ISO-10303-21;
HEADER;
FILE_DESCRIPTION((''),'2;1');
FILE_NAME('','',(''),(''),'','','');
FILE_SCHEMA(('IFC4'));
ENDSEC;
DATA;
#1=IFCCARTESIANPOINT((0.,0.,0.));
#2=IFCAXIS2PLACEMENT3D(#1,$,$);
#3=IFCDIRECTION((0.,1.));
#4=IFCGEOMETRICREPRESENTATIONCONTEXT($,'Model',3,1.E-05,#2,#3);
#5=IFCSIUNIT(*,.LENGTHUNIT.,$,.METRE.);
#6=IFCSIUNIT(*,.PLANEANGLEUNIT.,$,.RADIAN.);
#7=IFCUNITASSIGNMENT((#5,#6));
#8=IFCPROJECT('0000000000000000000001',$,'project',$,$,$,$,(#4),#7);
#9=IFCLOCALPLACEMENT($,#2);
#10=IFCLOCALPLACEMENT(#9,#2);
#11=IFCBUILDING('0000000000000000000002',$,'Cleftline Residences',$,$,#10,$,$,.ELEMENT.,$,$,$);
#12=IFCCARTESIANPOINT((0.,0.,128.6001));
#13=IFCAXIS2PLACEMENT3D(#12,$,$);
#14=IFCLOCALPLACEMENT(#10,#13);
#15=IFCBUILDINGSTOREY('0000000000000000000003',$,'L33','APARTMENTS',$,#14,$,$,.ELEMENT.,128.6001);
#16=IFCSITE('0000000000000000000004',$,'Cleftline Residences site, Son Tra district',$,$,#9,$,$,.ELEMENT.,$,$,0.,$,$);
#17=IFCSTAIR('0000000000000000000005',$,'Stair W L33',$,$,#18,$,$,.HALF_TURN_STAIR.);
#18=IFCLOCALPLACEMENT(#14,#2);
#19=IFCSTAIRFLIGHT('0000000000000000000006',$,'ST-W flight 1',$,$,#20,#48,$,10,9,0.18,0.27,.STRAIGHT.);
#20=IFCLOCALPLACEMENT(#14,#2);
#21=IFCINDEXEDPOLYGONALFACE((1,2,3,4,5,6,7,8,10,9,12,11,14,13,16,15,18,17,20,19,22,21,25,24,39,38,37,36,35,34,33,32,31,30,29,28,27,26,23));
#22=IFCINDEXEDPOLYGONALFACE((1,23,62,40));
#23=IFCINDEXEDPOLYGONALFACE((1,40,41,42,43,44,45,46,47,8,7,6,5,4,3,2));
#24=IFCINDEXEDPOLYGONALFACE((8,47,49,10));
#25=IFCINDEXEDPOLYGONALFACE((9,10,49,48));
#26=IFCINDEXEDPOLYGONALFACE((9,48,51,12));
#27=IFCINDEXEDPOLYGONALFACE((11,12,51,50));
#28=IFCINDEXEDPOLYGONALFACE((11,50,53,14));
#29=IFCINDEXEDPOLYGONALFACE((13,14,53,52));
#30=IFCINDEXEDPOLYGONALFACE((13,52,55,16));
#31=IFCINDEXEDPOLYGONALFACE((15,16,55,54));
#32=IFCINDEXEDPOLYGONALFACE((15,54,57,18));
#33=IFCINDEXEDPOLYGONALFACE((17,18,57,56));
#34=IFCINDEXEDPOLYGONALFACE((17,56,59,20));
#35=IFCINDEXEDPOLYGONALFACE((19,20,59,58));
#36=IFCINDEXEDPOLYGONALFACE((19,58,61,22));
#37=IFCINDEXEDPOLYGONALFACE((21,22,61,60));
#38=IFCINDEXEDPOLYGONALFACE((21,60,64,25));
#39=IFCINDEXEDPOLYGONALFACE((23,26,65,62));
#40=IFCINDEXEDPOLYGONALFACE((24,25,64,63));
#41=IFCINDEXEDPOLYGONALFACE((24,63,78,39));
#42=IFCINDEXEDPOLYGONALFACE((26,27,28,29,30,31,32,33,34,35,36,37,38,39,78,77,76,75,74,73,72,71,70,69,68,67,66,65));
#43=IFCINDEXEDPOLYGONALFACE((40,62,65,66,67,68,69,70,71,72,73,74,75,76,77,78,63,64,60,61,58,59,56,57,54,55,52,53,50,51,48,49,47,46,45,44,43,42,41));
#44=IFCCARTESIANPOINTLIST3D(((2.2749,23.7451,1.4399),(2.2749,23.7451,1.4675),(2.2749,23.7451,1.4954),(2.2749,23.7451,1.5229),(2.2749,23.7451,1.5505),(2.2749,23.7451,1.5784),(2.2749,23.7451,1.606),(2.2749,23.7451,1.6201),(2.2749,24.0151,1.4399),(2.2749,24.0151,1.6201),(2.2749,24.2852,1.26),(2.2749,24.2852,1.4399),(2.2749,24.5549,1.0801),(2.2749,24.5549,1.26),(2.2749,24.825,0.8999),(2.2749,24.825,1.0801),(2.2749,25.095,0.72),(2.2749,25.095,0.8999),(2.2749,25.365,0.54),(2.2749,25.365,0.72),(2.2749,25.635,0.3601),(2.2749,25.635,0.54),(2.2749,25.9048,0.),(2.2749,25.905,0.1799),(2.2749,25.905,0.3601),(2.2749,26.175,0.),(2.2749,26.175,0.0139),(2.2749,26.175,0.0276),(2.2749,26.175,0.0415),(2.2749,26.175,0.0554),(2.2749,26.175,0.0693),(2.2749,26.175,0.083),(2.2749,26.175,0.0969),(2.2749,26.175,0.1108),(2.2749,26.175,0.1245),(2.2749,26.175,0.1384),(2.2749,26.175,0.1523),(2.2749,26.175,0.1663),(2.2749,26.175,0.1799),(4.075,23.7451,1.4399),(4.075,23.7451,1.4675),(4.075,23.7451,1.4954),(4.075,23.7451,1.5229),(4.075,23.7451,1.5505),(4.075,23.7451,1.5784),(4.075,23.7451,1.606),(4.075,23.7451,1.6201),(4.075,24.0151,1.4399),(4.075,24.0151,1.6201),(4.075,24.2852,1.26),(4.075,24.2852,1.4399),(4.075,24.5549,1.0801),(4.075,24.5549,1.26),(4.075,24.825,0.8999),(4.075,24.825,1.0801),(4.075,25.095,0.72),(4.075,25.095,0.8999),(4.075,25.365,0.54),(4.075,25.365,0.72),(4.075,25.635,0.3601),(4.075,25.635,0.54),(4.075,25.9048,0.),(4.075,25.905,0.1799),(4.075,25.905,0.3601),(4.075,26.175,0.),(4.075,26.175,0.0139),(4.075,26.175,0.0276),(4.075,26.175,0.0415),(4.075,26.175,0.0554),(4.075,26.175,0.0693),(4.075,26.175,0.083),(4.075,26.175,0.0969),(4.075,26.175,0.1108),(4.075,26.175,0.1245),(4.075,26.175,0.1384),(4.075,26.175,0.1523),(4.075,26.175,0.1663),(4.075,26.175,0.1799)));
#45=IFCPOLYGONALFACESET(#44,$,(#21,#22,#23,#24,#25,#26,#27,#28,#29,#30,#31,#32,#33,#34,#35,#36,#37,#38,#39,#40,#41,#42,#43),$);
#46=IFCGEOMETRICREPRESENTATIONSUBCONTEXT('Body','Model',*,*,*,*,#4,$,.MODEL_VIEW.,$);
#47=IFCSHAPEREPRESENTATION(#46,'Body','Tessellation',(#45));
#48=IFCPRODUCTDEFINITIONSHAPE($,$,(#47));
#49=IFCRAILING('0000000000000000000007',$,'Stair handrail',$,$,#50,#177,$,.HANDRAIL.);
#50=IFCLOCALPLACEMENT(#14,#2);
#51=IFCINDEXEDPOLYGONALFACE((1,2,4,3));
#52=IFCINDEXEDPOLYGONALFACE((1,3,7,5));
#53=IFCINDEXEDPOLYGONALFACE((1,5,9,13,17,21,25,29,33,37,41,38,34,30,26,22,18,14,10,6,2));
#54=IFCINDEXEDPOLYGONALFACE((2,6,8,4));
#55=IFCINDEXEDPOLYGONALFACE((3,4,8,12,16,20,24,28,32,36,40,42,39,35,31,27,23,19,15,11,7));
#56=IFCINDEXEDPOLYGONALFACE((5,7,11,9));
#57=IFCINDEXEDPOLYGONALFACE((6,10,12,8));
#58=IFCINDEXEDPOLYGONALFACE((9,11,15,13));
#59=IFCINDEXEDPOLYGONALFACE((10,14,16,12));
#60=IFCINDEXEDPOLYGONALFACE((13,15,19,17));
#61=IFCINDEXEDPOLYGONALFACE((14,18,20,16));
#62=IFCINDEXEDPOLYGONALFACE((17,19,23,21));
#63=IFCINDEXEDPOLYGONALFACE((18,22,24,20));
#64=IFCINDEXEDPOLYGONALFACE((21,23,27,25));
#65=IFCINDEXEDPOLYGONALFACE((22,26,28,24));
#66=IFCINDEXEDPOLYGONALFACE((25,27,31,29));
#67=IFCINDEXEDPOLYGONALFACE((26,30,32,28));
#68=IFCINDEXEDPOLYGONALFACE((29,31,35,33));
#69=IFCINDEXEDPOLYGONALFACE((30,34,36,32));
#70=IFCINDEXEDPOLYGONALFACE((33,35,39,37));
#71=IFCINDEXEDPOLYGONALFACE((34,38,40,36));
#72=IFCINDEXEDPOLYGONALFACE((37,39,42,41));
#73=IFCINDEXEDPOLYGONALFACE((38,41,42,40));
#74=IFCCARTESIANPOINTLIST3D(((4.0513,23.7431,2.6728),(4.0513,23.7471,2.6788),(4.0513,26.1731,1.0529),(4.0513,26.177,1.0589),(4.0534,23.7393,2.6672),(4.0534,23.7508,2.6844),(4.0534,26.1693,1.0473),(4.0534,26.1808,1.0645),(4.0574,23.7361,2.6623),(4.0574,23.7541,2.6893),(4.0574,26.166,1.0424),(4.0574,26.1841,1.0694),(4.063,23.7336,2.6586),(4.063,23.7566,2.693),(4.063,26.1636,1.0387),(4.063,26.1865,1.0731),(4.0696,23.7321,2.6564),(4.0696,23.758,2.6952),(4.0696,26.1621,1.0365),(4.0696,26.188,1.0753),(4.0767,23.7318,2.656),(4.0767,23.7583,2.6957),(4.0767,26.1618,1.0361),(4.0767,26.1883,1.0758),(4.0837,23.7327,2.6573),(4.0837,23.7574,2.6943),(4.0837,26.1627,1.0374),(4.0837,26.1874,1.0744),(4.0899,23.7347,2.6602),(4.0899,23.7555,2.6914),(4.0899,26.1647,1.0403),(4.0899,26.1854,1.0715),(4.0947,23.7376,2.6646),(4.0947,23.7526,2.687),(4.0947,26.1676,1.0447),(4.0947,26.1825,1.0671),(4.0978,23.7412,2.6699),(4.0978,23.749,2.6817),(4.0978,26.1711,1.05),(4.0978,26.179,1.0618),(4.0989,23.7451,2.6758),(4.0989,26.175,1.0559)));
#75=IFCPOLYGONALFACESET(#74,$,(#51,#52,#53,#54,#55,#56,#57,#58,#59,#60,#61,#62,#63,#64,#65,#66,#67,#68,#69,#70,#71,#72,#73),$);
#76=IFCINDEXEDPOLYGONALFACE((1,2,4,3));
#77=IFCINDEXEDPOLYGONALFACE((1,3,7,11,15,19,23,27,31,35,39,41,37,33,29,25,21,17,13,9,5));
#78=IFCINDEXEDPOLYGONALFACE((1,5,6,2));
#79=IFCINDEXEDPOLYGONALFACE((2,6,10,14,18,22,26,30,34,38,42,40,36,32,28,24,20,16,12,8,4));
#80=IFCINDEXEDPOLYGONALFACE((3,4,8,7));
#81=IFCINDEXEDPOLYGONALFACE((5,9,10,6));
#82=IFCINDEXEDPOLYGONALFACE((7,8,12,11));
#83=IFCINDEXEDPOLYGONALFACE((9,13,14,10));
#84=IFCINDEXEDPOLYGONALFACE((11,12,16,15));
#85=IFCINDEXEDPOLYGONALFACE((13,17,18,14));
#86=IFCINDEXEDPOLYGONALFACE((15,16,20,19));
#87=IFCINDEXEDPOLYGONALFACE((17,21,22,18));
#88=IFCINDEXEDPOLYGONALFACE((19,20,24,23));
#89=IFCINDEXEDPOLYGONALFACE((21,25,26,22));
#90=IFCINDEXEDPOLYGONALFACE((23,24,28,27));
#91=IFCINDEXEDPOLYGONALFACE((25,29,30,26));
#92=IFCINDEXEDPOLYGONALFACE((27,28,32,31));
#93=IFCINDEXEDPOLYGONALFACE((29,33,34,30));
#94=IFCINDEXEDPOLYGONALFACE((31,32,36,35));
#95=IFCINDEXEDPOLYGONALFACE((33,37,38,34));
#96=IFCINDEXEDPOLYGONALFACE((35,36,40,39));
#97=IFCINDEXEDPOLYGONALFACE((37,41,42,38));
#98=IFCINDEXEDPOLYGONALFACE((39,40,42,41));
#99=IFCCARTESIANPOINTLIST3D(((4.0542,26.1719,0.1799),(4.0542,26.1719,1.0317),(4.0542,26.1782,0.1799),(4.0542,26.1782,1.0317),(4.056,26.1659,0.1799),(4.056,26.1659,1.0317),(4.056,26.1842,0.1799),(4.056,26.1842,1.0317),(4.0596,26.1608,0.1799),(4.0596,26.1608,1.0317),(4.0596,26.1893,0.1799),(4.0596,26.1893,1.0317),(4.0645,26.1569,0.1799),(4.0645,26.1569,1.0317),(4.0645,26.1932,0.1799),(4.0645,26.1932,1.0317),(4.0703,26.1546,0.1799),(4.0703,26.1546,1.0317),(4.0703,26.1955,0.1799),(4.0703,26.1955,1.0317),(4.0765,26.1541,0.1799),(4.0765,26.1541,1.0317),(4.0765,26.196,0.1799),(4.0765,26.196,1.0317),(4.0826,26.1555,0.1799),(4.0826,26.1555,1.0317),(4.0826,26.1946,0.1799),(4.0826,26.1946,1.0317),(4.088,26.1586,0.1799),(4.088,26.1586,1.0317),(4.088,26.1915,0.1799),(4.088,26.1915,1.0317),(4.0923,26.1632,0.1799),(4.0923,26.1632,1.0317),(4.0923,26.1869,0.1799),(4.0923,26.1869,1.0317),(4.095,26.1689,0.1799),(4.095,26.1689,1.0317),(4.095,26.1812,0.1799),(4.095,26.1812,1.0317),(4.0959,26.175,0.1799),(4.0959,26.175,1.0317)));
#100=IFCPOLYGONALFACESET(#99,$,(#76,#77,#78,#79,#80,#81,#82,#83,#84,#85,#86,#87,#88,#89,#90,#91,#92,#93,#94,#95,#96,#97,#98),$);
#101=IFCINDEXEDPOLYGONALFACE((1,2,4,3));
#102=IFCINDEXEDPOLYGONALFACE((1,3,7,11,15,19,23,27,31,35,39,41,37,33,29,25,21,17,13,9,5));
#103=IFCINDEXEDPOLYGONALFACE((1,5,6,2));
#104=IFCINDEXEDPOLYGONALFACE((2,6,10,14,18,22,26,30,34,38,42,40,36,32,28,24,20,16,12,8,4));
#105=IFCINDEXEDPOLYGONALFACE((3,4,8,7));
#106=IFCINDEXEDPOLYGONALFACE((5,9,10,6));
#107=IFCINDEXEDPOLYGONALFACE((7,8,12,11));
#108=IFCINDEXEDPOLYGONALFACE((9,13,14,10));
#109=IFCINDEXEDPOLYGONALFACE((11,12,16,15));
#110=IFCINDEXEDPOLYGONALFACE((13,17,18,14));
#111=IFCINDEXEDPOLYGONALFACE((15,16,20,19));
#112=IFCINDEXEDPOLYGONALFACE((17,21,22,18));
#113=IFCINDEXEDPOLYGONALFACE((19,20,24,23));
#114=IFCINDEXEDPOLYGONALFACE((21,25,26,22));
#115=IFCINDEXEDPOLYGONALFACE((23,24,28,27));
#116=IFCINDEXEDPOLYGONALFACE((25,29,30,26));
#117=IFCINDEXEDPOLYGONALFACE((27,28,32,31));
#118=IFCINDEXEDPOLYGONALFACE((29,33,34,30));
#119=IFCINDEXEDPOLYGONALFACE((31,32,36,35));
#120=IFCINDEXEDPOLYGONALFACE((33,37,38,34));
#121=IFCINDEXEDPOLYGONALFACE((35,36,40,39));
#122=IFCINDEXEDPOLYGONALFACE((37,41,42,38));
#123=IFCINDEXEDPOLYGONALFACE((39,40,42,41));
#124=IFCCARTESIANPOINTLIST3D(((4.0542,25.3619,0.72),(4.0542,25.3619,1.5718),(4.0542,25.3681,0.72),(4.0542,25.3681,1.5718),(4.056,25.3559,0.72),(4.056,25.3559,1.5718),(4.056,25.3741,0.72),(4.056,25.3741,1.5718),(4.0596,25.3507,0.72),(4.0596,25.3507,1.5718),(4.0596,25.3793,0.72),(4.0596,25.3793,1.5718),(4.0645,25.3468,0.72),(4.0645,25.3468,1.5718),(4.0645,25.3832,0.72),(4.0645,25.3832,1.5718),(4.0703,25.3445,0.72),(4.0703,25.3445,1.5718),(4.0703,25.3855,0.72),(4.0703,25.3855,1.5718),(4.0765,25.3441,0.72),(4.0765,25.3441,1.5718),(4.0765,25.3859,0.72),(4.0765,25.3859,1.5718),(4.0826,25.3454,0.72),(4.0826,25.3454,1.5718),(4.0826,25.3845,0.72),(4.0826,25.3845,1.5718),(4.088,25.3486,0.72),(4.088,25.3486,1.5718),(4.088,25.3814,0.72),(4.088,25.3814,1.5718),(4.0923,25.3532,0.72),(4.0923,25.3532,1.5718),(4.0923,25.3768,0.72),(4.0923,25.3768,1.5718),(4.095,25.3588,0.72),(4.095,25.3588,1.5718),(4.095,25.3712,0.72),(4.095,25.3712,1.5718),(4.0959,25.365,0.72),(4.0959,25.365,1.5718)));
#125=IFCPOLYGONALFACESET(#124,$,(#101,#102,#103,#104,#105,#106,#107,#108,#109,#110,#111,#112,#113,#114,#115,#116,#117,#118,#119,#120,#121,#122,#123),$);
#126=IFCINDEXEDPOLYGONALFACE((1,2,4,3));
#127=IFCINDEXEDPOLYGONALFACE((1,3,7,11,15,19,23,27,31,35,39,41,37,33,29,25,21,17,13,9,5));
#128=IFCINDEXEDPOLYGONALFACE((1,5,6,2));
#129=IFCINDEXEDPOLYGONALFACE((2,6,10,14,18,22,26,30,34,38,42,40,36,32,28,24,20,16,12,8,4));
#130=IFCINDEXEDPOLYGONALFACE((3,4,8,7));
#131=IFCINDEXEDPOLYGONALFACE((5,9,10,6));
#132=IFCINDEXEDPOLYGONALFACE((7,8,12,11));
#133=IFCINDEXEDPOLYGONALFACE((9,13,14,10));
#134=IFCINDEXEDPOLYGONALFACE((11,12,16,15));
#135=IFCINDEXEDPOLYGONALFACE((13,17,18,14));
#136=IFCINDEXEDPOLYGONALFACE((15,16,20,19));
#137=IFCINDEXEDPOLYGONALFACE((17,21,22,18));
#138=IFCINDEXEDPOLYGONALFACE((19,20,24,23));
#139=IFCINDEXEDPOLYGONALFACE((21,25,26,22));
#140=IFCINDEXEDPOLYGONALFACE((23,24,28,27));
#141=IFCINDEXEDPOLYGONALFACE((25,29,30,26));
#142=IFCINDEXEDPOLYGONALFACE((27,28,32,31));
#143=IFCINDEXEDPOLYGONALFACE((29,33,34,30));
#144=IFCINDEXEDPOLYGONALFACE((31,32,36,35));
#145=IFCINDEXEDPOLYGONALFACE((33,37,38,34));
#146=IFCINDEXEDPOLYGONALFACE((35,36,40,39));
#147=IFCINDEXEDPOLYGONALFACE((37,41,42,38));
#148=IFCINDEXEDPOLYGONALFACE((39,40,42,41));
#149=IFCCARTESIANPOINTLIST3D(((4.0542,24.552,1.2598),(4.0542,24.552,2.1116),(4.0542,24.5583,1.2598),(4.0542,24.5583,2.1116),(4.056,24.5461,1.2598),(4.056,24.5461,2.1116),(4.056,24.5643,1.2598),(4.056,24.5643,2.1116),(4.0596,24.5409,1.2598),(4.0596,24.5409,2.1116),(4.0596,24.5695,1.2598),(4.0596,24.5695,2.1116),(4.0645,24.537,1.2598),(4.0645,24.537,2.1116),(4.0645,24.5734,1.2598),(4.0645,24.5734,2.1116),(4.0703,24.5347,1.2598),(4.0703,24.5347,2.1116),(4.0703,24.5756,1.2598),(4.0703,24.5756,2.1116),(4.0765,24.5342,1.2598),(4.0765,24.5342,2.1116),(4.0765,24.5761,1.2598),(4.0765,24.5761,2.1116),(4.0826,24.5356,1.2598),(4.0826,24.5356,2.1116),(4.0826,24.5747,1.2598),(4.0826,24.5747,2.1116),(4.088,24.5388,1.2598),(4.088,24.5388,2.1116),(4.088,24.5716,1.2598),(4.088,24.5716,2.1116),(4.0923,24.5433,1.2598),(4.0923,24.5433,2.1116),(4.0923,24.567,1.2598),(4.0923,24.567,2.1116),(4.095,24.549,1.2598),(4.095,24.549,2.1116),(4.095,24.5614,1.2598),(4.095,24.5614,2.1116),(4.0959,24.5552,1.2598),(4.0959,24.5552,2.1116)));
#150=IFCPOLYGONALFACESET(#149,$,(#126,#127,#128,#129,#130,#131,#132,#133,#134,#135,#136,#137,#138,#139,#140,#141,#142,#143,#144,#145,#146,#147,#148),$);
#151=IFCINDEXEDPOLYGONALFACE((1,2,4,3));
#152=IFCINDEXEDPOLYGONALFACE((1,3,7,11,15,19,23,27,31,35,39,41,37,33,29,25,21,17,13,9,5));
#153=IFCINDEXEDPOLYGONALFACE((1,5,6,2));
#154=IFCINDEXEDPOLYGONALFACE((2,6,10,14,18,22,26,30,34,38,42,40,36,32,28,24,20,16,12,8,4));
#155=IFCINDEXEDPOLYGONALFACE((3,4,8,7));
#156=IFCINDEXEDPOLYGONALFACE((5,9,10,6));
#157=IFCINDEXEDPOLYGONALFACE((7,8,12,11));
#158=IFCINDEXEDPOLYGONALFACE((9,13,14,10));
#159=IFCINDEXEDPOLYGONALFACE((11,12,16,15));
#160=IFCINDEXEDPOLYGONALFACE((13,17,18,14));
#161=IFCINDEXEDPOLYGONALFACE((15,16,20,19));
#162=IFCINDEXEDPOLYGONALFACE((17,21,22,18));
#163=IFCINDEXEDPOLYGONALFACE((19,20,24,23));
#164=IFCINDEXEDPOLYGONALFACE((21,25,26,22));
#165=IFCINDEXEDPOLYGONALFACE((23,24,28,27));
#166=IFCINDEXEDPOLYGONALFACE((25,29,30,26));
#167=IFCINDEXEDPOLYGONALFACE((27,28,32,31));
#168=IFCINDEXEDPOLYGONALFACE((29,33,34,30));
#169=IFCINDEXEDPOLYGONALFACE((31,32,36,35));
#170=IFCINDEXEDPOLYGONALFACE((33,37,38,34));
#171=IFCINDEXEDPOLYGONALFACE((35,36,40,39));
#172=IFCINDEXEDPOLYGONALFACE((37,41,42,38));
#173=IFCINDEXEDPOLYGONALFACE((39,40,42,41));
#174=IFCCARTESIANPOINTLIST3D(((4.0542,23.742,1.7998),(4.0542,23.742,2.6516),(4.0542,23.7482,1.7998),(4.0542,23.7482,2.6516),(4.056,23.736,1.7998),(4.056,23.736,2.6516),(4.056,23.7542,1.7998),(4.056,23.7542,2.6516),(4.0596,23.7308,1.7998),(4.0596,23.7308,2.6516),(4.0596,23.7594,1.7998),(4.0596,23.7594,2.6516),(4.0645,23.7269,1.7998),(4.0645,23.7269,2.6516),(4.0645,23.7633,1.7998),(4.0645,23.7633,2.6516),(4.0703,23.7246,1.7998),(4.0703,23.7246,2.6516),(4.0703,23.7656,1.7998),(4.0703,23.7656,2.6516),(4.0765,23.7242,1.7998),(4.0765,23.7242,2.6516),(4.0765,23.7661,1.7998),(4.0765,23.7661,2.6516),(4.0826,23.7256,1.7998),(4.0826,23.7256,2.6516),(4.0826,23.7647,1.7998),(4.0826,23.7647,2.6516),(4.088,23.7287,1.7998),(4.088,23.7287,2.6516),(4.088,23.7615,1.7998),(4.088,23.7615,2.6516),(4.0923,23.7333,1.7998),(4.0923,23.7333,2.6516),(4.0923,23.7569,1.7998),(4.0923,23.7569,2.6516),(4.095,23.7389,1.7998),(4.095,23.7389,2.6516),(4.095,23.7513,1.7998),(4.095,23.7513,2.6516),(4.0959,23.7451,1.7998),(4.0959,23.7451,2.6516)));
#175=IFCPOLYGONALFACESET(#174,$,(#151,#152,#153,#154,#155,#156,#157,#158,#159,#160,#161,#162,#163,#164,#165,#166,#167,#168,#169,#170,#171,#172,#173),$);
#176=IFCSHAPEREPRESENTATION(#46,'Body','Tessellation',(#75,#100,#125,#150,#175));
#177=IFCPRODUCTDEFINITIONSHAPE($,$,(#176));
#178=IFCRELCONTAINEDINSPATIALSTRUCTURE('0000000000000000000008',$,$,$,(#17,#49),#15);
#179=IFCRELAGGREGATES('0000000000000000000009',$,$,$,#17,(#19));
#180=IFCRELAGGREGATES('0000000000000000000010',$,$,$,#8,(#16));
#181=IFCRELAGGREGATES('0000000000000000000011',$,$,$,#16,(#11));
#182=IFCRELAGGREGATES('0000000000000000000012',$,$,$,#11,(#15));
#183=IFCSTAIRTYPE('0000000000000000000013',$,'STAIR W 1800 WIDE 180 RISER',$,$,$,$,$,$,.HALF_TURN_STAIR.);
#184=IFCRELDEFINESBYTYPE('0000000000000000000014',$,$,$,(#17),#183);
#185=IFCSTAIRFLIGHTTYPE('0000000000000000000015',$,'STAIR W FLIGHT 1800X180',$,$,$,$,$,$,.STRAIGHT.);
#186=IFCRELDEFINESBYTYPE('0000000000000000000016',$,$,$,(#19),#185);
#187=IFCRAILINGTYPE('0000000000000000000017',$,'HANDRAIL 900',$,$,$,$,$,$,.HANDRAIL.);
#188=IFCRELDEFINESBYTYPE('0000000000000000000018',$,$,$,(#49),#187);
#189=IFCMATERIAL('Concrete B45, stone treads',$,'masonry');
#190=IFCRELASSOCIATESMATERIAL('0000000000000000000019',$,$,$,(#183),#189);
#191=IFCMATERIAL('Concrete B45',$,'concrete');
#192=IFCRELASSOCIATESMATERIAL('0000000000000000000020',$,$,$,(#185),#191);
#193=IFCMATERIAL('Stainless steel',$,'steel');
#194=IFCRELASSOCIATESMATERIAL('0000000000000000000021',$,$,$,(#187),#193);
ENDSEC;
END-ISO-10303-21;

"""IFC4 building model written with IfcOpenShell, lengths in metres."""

from ifc_helpers import new_model, si_unit, direction, frame, origin, origin_2d, place, context, subcontext, project, spatial, polyline, circle, outline, extrude, material, type_object, element, aggregate, save


model = new_model("IFC4")

# Units and contexts
model_context = context("Model", 3, precision=1e-05, world=origin(), true_north=direction((0.0, 1.0)))
body_context = subcontext(model_context, "Body", "Model", "MODEL_VIEW")
ifc_project = project(units=[si_unit("LENGTHUNIT", "METRE"), si_unit("PLANEANGLEUNIT", "RADIAN")], contexts=[model_context])

# Site, building, storey
site_placement = place(None, origin())
site = spatial("IfcSite", under=ifc_project, at=site_placement, Name="Cleftline Residences site, Son Tra district", CompositionType="ELEMENT", RefElevation=0.0)
building_placement = place(site_placement, origin())
building = spatial("IfcBuilding", under=site, at=building_placement, Name="Cleftline Residences", CompositionType="ELEMENT")
storey_placement = place(building_placement, frame((0.0, 0.0, 128.6001)))
storey = spatial("IfcBuildingStorey", under=building, at=storey_placement, Name="L33", Description="APARTMENTS", CompositionType="ELEMENT", Elevation=128.6001)

# Stair, stair flight
ifc_material_1 = material(Name="Concrete B45, stone treads", Category="masonry")
stair_type = type_object("IfcStairType", Name="STAIR W 1800 WIDE 180 RISER", PredefinedType="HALF_TURN_STAIR", material=ifc_material_1)
stair_placement = place(storey_placement, origin())
stair = element("IfcStair", 1, at=stair_placement, inside=storey, type_object=stair_type, Name="Stair W L33", PredefinedType="HALF_TURN_STAIR")
ifc_material_2 = material(Name="Concrete B45", Category="concrete")
stair_flight_type = type_object("IfcStairFlightType", Name="STAIR W FLIGHT 1800X180", PredefinedType="STRAIGHT", material=ifc_material_2)
stair_flight_placement = place(storey_placement, frame((3.175, 26.175, 0.0), z_axis=(0.0, 0.0, 1.0), x_axis=(0.0, -1.0, 0.0)))
stair_flight = element("IfcStairFlight", 2, at=stair_flight_placement, type_object=stair_flight_type, Name="ST-W flight 1", NumberOfRisers=10, NumberOfTreads=9, PredefinedType="STRAIGHT", RiserHeight=0.18, TreadLength=0.27, context=body_context, shape_type="SweptSolid", body=[
    extrude(outline(polyline([(0.0, 0.0), (0.0, 0.0139), (0.0, 0.0276), (0.0, 0.0415), (0.0, 0.0554), (0.0, 0.0693), (0.0, 0.083), (0.0, 0.0969), (0.0, 0.1108), (0.0, 0.1245), (0.0, 0.1384), (0.0, 0.1523), (0.0, 0.1663), (0.0, 0.1799), (0.27, 0.1799), (0.27, 0.3601), (0.54, 0.3601), (0.54, 0.54), (0.8101, 0.54), (0.8101, 0.72), (1.0801, 0.72), (1.0801, 0.8999), (1.3501, 0.8999), (1.3501, 1.0801), (1.6201, 1.0801), (1.6201, 1.26), (1.8899, 1.26), (1.8899, 1.4399), (2.1599, 1.4399), (2.1599, 1.6201), (2.4299, 1.6201), (2.4299, 1.8), (2.4299, 1.7722), (2.4299, 1.7446), (2.4299, 1.7168), (2.4299, 1.6892), (2.4299, 1.6614), (2.4299, 1.6338), (2.4299, 1.606), (2.4299, 1.5784), (2.4299, 1.5505), (2.4299, 1.5229), (2.4299, 1.4954), (2.4299, 1.4675), (2.4299, 1.4399), (0.2703, 0.0), (0.0, 0.0)])), frame((0.0, 0.8999, 0.0), z_axis=(0.0, -1.0, 0.0), x_axis=(1.0, 0.0, 0.0)), (0.0, 0.0, 1.0), 1.8),
])
aggregate(stair, [stair_flight])

# Railing
ifc_material_3 = material(Name="Stainless steel", Category="steel")
railing_type = type_object("IfcRailingType", Name="HANDRAIL 900", PredefinedType="HANDRAIL", material=ifc_material_3)
railing_placement = place(storey_placement, frame((4.075, 26.175, 0.1799)))
element("IfcRailing", 3, at=railing_placement, inside=storey, type_object=railing_type, Name="Stair handrail", PredefinedType="HANDRAIL", context=body_context, shape_type="SweptSolid", body=[
    extrude(circle(Radius=0.0239, at=origin_2d()), frame((0.0, 0.0, 0.876), z_axis=(0.0, -0.832063, 0.554681), x_axis=(1.0, 0.0, 0.0)), (0.0, 0.0, 1.0), 2.9204),
    extrude(circle(Radius=0.021, at=origin_2d()), origin(), (0.0, 0.0, 1.0), 0.8518),
    extrude(circle(Radius=0.021, at=origin_2d()), frame((0.0, -0.8101, 0.54)), (0.0, 0.0, 1.0), 0.8518),
    extrude(circle(Radius=0.021, at=origin_2d()), frame((0.0, -1.6199, 1.0798)), (0.0, 0.0, 1.0), 0.8518),
    extrude(circle(Radius=0.021, at=origin_2d()), frame((0.0, -2.4299, 1.6199)), (0.0, 0.0, 1.0), 0.8518),
])

save(model, "model.ifc")
